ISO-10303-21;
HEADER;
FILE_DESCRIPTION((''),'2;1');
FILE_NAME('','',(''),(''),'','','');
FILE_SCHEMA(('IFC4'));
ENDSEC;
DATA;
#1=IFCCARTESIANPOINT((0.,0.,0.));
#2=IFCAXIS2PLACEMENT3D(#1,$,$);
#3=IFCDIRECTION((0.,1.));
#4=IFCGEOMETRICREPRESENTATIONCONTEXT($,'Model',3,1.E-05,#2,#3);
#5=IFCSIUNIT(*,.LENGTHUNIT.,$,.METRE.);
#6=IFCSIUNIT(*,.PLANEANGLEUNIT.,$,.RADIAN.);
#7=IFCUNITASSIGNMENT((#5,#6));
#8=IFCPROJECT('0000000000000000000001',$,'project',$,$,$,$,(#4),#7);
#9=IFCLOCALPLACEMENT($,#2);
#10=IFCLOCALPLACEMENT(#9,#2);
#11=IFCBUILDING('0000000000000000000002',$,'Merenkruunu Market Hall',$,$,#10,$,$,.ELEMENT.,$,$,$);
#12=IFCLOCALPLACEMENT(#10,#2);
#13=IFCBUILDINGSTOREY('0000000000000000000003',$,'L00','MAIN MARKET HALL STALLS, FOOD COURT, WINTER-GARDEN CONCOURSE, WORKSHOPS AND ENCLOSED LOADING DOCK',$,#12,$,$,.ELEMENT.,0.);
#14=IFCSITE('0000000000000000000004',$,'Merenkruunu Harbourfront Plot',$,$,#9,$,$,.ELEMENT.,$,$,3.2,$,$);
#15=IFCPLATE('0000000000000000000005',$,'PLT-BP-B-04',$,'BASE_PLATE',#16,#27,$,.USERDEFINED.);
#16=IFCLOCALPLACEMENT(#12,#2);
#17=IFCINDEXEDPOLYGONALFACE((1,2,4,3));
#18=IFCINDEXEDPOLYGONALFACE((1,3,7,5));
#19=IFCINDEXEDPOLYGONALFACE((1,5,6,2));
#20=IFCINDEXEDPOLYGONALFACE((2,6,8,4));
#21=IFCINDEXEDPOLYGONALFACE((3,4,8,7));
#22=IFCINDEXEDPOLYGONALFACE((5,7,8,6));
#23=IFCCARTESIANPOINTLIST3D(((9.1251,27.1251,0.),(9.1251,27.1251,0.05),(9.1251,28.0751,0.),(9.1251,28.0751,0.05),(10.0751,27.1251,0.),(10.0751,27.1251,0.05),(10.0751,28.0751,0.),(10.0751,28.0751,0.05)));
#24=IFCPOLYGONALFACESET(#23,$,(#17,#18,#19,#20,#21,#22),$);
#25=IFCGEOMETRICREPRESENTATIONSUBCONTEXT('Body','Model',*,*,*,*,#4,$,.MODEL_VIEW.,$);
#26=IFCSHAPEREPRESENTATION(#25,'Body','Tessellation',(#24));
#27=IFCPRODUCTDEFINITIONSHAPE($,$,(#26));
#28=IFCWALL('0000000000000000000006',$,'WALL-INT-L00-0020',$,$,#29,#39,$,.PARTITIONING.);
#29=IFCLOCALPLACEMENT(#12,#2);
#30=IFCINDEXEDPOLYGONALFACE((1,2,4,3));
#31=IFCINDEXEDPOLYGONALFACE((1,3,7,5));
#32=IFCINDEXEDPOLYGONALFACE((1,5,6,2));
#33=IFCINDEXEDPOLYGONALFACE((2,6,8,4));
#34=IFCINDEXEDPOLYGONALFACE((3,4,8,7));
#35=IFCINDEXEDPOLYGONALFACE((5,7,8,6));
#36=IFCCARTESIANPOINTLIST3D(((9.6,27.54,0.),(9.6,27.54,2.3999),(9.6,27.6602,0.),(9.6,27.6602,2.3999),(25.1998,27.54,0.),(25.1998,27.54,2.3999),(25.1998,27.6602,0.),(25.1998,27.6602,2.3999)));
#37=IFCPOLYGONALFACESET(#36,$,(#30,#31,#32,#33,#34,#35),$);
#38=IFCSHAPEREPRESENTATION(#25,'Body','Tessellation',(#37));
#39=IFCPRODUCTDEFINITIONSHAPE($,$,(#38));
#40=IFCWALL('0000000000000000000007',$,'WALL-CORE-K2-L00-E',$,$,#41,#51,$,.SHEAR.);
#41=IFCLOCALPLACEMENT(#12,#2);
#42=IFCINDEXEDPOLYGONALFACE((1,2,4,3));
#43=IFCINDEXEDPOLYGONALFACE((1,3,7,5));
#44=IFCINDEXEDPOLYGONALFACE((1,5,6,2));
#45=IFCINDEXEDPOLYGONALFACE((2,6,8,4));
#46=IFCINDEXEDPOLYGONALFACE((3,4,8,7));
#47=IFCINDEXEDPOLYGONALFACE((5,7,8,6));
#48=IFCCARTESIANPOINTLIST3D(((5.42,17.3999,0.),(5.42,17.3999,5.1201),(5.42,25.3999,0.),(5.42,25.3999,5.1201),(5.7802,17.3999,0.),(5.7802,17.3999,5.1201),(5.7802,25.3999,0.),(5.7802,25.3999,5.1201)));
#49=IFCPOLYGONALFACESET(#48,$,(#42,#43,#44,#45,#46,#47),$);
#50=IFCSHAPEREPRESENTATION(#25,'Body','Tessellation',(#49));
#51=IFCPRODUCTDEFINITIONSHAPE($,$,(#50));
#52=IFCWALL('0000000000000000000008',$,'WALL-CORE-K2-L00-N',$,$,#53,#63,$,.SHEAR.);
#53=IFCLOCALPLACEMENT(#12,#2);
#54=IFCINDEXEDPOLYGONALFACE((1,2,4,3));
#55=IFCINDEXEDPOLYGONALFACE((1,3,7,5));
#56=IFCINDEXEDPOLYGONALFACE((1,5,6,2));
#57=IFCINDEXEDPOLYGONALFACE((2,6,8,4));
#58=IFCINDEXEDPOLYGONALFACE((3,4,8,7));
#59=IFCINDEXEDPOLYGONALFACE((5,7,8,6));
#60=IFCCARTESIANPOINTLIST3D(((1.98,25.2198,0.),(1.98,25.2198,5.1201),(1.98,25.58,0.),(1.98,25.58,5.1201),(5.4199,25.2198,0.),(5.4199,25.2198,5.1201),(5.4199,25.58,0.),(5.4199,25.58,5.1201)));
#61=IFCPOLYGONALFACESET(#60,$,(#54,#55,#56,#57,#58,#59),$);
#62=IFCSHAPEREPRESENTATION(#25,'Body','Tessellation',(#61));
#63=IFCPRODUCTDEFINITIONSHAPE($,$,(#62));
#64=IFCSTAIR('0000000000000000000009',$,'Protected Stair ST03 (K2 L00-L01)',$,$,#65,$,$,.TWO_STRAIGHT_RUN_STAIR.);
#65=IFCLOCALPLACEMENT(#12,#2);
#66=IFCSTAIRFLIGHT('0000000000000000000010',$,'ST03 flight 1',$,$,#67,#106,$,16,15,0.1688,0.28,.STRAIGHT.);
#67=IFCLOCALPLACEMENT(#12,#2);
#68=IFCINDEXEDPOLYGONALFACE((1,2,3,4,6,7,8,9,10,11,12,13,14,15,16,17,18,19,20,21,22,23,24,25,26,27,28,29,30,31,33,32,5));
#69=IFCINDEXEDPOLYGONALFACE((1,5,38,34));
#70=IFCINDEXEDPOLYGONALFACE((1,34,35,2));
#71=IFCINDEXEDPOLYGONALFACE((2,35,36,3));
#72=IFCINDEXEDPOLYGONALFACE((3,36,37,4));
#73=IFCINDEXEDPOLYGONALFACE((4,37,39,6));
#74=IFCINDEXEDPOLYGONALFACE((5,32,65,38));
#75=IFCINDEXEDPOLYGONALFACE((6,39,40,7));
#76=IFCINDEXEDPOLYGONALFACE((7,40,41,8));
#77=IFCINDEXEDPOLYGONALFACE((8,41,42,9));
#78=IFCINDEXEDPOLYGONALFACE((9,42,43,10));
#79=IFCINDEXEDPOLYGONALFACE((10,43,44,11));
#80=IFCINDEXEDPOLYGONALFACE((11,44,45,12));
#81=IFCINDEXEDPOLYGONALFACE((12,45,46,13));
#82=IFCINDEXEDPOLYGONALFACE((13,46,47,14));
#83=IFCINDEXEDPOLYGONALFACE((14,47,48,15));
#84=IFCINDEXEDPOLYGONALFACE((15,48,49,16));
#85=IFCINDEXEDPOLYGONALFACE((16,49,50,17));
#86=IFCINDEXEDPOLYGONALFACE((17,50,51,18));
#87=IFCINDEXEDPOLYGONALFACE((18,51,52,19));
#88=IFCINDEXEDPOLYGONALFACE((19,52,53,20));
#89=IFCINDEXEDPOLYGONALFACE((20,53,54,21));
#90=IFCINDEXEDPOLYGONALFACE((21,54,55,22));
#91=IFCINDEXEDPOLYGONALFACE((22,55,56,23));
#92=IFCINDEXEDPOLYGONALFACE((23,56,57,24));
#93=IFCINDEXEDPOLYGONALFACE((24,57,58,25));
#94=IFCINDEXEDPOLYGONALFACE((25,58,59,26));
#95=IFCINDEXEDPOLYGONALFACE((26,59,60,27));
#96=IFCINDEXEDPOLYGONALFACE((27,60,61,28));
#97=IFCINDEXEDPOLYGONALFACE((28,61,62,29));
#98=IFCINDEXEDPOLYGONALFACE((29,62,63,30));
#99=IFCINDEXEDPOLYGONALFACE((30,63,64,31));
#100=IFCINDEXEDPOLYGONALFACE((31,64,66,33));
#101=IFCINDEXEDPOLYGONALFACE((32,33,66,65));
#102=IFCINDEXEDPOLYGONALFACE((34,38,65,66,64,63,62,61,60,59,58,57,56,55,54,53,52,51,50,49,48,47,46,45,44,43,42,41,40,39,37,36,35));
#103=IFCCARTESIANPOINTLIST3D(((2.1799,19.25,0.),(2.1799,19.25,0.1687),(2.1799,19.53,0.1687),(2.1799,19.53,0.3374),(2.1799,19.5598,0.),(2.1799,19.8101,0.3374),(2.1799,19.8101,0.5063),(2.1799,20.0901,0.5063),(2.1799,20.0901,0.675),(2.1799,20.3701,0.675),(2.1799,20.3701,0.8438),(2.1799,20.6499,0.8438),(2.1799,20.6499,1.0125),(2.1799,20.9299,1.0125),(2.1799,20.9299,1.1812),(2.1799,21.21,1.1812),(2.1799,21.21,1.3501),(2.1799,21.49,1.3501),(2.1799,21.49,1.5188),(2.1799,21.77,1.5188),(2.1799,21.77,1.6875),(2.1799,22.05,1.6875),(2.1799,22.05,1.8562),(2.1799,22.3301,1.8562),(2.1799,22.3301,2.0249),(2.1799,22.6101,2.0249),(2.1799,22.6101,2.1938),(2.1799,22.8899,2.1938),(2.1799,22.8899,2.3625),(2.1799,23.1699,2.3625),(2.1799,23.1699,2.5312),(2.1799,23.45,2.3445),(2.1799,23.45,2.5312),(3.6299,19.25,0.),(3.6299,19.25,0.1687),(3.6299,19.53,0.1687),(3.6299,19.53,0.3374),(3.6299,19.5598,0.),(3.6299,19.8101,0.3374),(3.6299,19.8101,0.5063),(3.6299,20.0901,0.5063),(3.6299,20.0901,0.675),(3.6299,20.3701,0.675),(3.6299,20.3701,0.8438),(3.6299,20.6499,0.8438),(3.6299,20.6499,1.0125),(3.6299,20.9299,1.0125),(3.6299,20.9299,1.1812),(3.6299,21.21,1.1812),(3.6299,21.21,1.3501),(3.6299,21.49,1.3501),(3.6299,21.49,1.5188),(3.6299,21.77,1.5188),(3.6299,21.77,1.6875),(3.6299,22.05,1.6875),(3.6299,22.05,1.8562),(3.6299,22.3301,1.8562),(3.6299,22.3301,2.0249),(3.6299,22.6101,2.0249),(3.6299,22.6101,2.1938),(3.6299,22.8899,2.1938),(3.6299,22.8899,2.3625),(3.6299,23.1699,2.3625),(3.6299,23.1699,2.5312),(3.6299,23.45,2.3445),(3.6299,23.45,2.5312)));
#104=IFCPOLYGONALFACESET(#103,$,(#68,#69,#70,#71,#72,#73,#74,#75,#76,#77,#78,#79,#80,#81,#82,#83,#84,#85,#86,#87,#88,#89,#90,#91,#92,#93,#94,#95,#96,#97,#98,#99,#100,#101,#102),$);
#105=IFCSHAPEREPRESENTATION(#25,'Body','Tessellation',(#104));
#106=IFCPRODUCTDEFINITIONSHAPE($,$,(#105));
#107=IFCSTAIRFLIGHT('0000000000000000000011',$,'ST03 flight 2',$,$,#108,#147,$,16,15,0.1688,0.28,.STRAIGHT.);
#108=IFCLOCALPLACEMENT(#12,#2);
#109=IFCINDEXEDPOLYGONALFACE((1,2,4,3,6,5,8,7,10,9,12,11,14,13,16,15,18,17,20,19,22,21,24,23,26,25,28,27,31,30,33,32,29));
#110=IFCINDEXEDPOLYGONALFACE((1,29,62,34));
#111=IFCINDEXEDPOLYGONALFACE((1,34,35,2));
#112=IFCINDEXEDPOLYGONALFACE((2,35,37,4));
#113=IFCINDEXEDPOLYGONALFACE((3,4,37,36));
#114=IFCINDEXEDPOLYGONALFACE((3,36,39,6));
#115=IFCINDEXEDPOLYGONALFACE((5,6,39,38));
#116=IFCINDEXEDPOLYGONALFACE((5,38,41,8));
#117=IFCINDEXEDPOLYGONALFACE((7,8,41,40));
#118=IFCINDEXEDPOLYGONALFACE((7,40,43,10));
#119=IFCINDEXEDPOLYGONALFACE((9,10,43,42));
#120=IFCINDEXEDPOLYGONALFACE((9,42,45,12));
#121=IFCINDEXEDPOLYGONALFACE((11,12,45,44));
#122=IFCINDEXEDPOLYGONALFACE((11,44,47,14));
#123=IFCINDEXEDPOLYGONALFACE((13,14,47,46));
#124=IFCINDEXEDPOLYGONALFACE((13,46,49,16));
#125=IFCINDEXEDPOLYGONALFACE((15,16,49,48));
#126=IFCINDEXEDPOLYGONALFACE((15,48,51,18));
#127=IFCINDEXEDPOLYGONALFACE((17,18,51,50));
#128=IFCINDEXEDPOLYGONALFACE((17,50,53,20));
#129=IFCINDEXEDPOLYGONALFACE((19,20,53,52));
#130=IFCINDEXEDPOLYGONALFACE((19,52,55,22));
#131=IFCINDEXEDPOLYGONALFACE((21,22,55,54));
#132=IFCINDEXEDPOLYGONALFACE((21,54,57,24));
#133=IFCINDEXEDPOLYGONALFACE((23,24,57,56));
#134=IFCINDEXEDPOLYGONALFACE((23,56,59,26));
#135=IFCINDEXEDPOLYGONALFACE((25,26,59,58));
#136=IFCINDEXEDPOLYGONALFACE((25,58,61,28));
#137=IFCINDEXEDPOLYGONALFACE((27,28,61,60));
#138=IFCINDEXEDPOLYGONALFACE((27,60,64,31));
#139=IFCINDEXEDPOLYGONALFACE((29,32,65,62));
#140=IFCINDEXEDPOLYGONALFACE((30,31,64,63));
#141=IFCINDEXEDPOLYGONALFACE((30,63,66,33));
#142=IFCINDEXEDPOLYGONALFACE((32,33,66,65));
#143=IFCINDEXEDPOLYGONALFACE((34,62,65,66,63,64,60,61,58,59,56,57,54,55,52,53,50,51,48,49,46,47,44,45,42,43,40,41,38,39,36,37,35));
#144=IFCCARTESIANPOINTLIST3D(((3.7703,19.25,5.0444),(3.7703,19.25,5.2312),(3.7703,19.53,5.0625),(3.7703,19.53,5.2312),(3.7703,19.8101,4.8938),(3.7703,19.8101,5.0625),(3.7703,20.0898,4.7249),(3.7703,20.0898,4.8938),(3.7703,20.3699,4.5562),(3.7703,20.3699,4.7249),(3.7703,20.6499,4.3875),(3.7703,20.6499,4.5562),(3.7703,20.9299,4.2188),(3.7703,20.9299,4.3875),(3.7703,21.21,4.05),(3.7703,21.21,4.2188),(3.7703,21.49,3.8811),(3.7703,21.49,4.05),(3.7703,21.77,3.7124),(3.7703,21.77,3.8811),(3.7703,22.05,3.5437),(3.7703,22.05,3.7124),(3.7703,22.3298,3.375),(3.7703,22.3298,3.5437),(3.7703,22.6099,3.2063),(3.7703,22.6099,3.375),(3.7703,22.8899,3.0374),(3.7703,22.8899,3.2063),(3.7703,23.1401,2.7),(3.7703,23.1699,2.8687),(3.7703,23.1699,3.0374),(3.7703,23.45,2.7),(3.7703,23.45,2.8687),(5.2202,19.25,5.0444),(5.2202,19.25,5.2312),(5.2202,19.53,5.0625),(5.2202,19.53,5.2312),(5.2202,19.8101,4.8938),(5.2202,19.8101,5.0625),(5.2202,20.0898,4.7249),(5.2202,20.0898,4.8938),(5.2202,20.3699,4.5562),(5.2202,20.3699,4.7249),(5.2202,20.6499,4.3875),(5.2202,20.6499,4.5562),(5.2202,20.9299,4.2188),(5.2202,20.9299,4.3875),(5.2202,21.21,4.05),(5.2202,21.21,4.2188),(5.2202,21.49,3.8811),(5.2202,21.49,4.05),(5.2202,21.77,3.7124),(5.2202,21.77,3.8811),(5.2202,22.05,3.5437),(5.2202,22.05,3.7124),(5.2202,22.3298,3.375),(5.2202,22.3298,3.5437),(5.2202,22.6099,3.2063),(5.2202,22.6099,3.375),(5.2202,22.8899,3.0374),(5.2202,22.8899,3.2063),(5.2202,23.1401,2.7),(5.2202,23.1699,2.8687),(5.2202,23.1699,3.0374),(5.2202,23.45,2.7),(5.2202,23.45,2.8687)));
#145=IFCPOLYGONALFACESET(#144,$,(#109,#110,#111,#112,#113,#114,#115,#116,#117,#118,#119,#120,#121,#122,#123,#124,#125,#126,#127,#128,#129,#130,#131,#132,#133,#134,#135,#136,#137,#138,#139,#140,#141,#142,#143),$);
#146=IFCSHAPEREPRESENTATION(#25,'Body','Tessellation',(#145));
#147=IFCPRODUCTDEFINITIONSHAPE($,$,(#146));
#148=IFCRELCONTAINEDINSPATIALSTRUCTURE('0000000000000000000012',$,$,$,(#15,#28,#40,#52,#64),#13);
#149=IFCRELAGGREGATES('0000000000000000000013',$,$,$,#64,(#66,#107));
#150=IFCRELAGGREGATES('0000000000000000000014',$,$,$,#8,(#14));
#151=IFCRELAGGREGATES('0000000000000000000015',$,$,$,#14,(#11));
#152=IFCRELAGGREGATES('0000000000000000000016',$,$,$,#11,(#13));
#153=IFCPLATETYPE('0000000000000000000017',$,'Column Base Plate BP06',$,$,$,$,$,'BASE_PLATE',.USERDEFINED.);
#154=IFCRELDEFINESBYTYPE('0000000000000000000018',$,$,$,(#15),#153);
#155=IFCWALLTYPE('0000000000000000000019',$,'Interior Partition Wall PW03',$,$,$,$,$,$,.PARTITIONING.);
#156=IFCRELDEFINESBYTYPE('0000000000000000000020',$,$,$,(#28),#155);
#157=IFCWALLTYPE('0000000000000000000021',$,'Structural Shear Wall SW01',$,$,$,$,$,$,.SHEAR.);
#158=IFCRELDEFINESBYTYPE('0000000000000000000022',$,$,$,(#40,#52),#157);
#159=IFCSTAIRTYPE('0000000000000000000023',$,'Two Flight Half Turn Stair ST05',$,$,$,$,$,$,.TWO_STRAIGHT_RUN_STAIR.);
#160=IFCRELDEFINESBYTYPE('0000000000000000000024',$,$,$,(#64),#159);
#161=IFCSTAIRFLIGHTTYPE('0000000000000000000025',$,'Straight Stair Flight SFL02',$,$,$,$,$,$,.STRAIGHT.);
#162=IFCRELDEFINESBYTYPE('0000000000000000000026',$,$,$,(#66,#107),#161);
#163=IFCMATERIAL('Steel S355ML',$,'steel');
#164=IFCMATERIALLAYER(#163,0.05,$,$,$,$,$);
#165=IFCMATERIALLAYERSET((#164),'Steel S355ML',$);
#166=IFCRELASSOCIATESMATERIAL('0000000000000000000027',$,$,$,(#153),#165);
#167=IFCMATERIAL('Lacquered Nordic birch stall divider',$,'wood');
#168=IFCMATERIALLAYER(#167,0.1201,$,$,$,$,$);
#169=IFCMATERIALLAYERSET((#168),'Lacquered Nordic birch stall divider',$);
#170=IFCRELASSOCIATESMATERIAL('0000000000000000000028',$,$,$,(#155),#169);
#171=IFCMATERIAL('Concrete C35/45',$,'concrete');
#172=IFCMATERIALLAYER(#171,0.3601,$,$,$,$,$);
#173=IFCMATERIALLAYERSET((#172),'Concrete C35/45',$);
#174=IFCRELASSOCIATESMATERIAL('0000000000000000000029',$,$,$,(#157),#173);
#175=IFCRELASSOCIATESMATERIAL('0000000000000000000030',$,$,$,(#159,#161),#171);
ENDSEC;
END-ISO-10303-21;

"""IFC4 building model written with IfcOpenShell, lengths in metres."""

from ifc_helpers import new_model, si_unit, direction, frame, frame_2d, origin, origin_2d, place, context, subcontext, project, spatial, polyline, rectangle, outline, extrude, material, layer, layer_set, type_object, element, aggregate, save


model = new_model("IFC4")

# Units and contexts
model_context = context("Model", 3, precision=1e-05, world=origin(), true_north=direction((0.0, 1.0)))
body_context = subcontext(model_context, "Body", "Model", "MODEL_VIEW")
ifc_project = project(units=[si_unit("LENGTHUNIT", "METRE"), si_unit("PLANEANGLEUNIT", "RADIAN")], contexts=[model_context])

# Site, building, storey
site_placement = place(None, origin())
site = spatial("IfcSite", under=ifc_project, at=site_placement, Name="Merenkruunu Harbourfront Plot", CompositionType="ELEMENT", RefElevation=3.2)
building_placement = place(site_placement, origin())
building = spatial("IfcBuilding", under=site, at=building_placement, Name="Merenkruunu Market Hall", CompositionType="ELEMENT")
storey_placement = place(building_placement, origin())
storey = spatial("IfcBuildingStorey", under=building, at=storey_placement, Name="L00", Description="MAIN MARKET HALL STALLS, FOOD COURT, WINTER-GARDEN CONCOURSE, WORKSHOPS AND ENCLOSED LOADING DOCK", CompositionType="ELEMENT", Elevation=0.0)

# Plate
ifc_material_1 = material(Name="Steel S355ML", Category="steel")
ifc_layer_1 = layer(ifc_material_1, 0.05)
ifc_layer_set_1 = layer_set([ifc_layer_1], Name="Steel S355ML")
plate_type = type_object("IfcPlateType", Name="Column Base Plate BP06", ElementType="BASE_PLATE", PredefinedType="USERDEFINED", material=ifc_layer_set_1)
plate_placement = place(storey_placement, frame((9.6001, 27.6001, 0.0), z_axis=(0.0, 0.0, 1.0), x_axis=(1.0, 0.0, 0.0)))
element("IfcPlate", 1, at=plate_placement, inside=storey, type_object=plate_type, Name="PLT-BP-B-04", ObjectType="BASE_PLATE", PredefinedType="USERDEFINED", context=body_context, shape_type="SweptSolid", body=[
    extrude(rectangle(XDim=0.95, YDim=0.95, at=origin_2d()), origin(), (0.0, 0.0, 1.0), 0.05),
])

# Wall
ifc_material_2 = material(Name="Lacquered Nordic birch stall divider", Category="wood")
ifc_layer_2 = layer(ifc_material_2, 0.1201)
ifc_layer_set_2 = layer_set([ifc_layer_2], Name="Lacquered Nordic birch stall divider")
wall_type_1 = type_object("IfcWallType", Name="Interior Partition Wall PW03", PredefinedType="PARTITIONING", material=ifc_layer_set_2)
wall_1_placement = place(storey_placement, frame((9.6001, 27.6001, 0.0), z_axis=(0.0, 0.0, 1.0), x_axis=(1.0, 0.0, 0.0)))
element("IfcWall", 2, at=wall_1_placement, inside=storey, type_object=wall_type_1, Name="WALL-INT-L00-0020", PredefinedType="PARTITIONING", context=body_context, shape_type="SweptSolid", body=[
    extrude(rectangle(XDim=15.5999, YDim=0.1201, at=frame_2d((7.7998, 0.0))), origin(), (0.0, 0.0, 1.0), 2.3999),
])

# Shared definitions
ifc_material_3 = material(Name="Concrete C35/45", Category="concrete")
ifc_layer_3 = layer(ifc_material_3, 0.3601)
ifc_layer_set_3 = layer_set([ifc_layer_3], Name="Concrete C35/45")
wall_type_2 = type_object("IfcWallType", Name="Structural Shear Wall SW01", PredefinedType="SHEAR", material=ifc_layer_set_3)

# Walls
wall_2_placement = place(storey_placement, frame((5.6001, 17.3999, 0.0), z_axis=(0.0, 0.0, 1.0), x_axis=(0.0, 1.0, 0.0)))
element("IfcWall", 3, at=wall_2_placement, inside=storey, type_object=wall_type_2, Name="WALL-CORE-K2-L00-E", PredefinedType="SHEAR", context=body_context, shape_type="SweptSolid", body=[
    extrude(rectangle(XDim=8.0, YDim=0.3601, at=frame_2d((4.0, 0.0))), origin(), (0.0, 0.0, 1.0), 5.1201),
])
wall_3_placement = place(storey_placement, frame((5.4199, 25.3999, 0.0), z_axis=(0.0, 0.0, 1.0), x_axis=(-1.0, 0.0, 0.0)))
element("IfcWall", 4, at=wall_3_placement, inside=storey, type_object=wall_type_2, Name="WALL-CORE-K2-L00-N", PredefinedType="SHEAR", context=body_context, shape_type="SweptSolid", body=[
    extrude(rectangle(XDim=3.4399, YDim=0.3601, at=frame_2d((1.72, 0.0))), origin(), (0.0, 0.0, 1.0), 5.1201),
])

# Stair, stair flights
stair_type = type_object("IfcStairType", Name="Two Flight Half Turn Stair ST05", PredefinedType="TWO_STRAIGHT_RUN_STAIR", material=ifc_material_3)
stair_placement = place(storey_placement, origin())
stair = element("IfcStair", 5, at=stair_placement, inside=storey, type_object=stair_type, Name="Protected Stair ST03 (K2 L00-L01)", PredefinedType="TWO_STRAIGHT_RUN_STAIR")
stair_flight_type = type_object("IfcStairFlightType", Name="Straight Stair Flight SFL02", PredefinedType="STRAIGHT", material=ifc_material_3)
stair_flight_1_placement = place(storey_placement, frame((2.905, 19.25, 0.0), z_axis=(0.0, 0.0, 1.0), x_axis=(0.0, 1.0, 0.0)))
stair_flight_1 = element("IfcStairFlight", 6, at=stair_flight_1_placement, type_object=stair_flight_type, Name="ST03 flight 1", NumberOfRisers=16, NumberOfTreads=15, PredefinedType="STRAIGHT", RiserHeight=0.1688, TreadLength=0.28, context=body_context, shape_type="SweptSolid", body=[
    extrude(outline(polyline([(0.0, 0.0), (0.0, 0.1687), (0.28, 0.1687), (0.28, 0.3374), (0.5601, 0.3374), (0.5601, 0.5063), (0.8401, 0.5063), (0.8401, 0.675), (1.1201, 0.675), (1.1201, 0.8438), (1.3999, 0.8438), (1.3999, 1.0125), (1.6799, 1.0125), (1.6799, 1.1812), (1.96, 1.1812), (1.96, 1.3501), (2.24, 1.3501), (2.24, 1.5188), (2.52, 1.5188), (2.52, 1.6875), (2.8, 1.6875), (2.8, 1.8562), (3.0801, 1.8562), (3.0801, 2.0249), (3.3601, 2.0249), (3.3601, 2.1938), (3.6399, 2.1938), (3.6399, 2.3625), (3.9199, 2.3625), (3.9199, 2.5312), (4.2, 2.5312), (4.2, 2.7), (4.2, 2.3445), (0.3098, 0.0), (0.0, 0.0)])), frame((0.0, 0.7251, 0.0), z_axis=(0.0, -1.0, 0.0), x_axis=(1.0, 0.0, 0.0)), (0.0, 0.0, 1.0), 1.45),
])
stair_flight_2_placement = place(storey_placement, frame((4.4951, 23.45, 2.7), z_axis=(0.0, 0.0, 1.0), x_axis=(0.0, -1.0, 0.0)))
stair_flight_2 = element("IfcStairFlight", 7, at=stair_flight_2_placement, type_object=stair_flight_type, Name="ST03 flight 2", NumberOfRisers=16, NumberOfTreads=15, PredefinedType="STRAIGHT", RiserHeight=0.1688, TreadLength=0.28, context=body_context, shape_type="SweptSolid", body=[
    extrude(outline(polyline([(0.0, 0.0), (0.0, 0.1687), (0.28, 0.1687), (0.28, 0.3374), (0.5601, 0.3374), (0.5601, 0.5063), (0.8401, 0.5063), (0.8401, 0.675), (1.1201, 0.675), (1.1201, 0.8438), (1.3999, 0.8438), (1.3999, 1.0125), (1.6799, 1.0125), (1.6799, 1.1812), (1.96, 1.1812), (1.96, 1.3501), (2.24, 1.3501), (2.24, 1.5188), (2.52, 1.5188), (2.52, 1.6875), (2.8, 1.6875), (2.8, 1.8562), (3.0801, 1.8562), (3.0801, 2.0249), (3.3601, 2.0249), (3.3601, 2.1938), (3.6399, 2.1938), (3.6399, 2.3625), (3.9199, 2.3625), (3.9199, 2.5312), (4.2, 2.5312), (4.2, 2.7), (4.2, 2.3445), (0.3098, 0.0), (0.0, 0.0)])), frame((0.0, 0.7251, 0.0), z_axis=(0.0, -1.0, 0.0), x_axis=(1.0, 0.0, 0.0)), (0.0, 0.0, 1.0), 1.45),
])
aggregate(stair, [stair_flight_1, stair_flight_2])

save(model, "model.ifc")
